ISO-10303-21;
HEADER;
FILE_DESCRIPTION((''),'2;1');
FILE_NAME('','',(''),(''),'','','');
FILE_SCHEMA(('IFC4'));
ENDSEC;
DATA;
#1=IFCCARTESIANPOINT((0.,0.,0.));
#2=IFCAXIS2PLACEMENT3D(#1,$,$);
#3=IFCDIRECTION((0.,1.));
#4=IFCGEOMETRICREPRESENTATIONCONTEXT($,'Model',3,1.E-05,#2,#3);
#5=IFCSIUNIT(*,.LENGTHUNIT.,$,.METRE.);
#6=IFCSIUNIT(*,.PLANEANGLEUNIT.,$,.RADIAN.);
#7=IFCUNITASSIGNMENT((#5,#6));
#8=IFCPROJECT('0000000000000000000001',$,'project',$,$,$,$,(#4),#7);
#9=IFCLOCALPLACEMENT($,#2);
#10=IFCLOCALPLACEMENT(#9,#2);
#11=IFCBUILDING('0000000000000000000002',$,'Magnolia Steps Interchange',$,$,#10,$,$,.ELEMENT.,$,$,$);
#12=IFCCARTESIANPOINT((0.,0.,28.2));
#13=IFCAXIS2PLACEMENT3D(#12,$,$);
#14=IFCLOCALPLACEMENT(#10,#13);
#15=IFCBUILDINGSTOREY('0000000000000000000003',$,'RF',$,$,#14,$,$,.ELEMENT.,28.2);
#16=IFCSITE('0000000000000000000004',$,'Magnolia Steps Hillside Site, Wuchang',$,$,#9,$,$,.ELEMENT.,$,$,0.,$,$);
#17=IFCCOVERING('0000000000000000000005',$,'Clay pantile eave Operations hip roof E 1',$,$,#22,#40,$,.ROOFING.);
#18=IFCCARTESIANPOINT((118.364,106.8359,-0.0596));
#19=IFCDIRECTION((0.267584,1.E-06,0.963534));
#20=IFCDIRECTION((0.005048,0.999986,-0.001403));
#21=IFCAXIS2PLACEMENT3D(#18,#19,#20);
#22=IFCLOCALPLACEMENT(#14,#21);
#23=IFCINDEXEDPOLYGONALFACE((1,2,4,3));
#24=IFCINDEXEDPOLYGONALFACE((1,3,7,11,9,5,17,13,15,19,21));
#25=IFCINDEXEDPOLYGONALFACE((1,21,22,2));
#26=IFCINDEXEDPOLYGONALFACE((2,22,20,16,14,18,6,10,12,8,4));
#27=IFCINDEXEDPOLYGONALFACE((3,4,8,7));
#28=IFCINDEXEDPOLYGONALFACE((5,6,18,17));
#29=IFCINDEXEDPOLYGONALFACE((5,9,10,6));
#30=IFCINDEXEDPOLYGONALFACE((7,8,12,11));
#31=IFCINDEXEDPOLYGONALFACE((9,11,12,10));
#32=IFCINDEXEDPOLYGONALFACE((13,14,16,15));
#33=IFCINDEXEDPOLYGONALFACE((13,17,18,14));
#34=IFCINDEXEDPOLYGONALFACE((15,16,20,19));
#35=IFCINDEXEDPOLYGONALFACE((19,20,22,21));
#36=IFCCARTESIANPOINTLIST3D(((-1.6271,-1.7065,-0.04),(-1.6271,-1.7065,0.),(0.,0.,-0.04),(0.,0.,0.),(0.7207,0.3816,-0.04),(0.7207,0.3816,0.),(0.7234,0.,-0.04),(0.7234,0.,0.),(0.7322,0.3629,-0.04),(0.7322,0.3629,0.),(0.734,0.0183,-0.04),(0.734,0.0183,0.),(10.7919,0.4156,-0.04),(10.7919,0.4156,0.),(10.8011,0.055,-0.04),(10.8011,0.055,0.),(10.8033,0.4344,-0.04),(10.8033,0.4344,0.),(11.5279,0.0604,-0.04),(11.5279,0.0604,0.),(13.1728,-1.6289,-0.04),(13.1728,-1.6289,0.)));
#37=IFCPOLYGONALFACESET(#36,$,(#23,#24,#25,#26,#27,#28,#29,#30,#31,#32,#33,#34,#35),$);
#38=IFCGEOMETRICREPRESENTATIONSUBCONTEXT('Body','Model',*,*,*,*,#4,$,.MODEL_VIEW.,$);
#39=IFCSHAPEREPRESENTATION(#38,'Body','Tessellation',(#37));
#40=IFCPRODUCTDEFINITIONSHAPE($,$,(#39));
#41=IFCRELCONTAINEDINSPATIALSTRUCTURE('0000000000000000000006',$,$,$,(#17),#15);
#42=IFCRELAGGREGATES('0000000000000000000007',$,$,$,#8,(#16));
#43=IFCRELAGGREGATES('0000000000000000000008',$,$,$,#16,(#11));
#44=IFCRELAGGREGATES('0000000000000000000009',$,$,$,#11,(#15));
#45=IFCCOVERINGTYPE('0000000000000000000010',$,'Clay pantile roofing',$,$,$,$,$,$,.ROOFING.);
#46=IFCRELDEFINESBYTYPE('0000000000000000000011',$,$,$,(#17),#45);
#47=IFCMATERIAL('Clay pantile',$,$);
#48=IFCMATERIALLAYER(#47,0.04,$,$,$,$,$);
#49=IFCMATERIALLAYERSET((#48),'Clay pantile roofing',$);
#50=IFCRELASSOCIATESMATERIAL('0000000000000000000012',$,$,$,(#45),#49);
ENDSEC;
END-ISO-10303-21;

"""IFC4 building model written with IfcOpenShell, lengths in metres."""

from ifc_helpers import new_model, si_unit, direction, frame, origin, place, context, subcontext, project, spatial, polyline, outline, extrude, material, layer, layer_set, type_object, element, save


model = new_model("IFC4")

# Units and contexts
model_context = context("Model", 3, precision=1e-05, world=origin(), true_north=direction((0.0, 1.0)))
body_context = subcontext(model_context, "Body", "Model", "MODEL_VIEW")
ifc_project = project(units=[si_unit("LENGTHUNIT", "METRE"), si_unit("PLANEANGLEUNIT", "RADIAN")], contexts=[model_context])

# Site, building, storey
site_placement = place(None, origin())
site = spatial("IfcSite", under=ifc_project, at=site_placement, Name="Magnolia Steps Hillside Site, Wuchang", CompositionType="ELEMENT", RefElevation=0.0)
building_placement = place(site_placement, origin())
building = spatial("IfcBuilding", under=site, at=building_placement, Name="Magnolia Steps Interchange", CompositionType="ELEMENT")
storey_placement = place(building_placement, frame((0.0, 0.0, 28.2)))
storey = spatial("IfcBuildingStorey", under=building, at=storey_placement, Name="RF", CompositionType="ELEMENT", Elevation=28.2)

# Covering
ifc_material_1 = material(Name="Clay pantile")
ifc_layer_1 = layer(ifc_material_1, 0.04)
ifc_layer_set_1 = layer_set([ifc_layer_1], Name="Clay pantile roofing")
covering_type_1 = type_object("IfcCoveringType", Name="Clay pantile roofing", PredefinedType="ROOFING", material=ifc_layer_set_1)
covering_1_placement = place(storey_placement, frame((118.364, 106.8359, -0.0596), z_axis=(0.267584, 0.000001, 0.963534), x_axis=(0.005048, 0.999986, -0.001403)))
element("IfcCovering", 1, at=covering_1_placement, inside=storey, type_object=covering_type_1, Name="Clay pantile eave Operations hip roof E 1", PredefinedType="ROOFING", context=body_context, shape_type="SweptSolid", body=[
    extrude(outline(polyline([(0.0, 0.0), (0.7234, 0.0), (0.734, 0.0183), (0.7322, 0.3629), (0.7207, 0.3816), (10.8033, 0.4344), (10.7919, 0.4156), (10.8011, 0.055), (11.5279, 0.0604), (13.1728, -1.6289), (-1.6271, -1.7065), (0.0, 0.0)])), origin(), (0.0, 0.0, -1.0), 0.04),
])

save(model, "model.ifc")
